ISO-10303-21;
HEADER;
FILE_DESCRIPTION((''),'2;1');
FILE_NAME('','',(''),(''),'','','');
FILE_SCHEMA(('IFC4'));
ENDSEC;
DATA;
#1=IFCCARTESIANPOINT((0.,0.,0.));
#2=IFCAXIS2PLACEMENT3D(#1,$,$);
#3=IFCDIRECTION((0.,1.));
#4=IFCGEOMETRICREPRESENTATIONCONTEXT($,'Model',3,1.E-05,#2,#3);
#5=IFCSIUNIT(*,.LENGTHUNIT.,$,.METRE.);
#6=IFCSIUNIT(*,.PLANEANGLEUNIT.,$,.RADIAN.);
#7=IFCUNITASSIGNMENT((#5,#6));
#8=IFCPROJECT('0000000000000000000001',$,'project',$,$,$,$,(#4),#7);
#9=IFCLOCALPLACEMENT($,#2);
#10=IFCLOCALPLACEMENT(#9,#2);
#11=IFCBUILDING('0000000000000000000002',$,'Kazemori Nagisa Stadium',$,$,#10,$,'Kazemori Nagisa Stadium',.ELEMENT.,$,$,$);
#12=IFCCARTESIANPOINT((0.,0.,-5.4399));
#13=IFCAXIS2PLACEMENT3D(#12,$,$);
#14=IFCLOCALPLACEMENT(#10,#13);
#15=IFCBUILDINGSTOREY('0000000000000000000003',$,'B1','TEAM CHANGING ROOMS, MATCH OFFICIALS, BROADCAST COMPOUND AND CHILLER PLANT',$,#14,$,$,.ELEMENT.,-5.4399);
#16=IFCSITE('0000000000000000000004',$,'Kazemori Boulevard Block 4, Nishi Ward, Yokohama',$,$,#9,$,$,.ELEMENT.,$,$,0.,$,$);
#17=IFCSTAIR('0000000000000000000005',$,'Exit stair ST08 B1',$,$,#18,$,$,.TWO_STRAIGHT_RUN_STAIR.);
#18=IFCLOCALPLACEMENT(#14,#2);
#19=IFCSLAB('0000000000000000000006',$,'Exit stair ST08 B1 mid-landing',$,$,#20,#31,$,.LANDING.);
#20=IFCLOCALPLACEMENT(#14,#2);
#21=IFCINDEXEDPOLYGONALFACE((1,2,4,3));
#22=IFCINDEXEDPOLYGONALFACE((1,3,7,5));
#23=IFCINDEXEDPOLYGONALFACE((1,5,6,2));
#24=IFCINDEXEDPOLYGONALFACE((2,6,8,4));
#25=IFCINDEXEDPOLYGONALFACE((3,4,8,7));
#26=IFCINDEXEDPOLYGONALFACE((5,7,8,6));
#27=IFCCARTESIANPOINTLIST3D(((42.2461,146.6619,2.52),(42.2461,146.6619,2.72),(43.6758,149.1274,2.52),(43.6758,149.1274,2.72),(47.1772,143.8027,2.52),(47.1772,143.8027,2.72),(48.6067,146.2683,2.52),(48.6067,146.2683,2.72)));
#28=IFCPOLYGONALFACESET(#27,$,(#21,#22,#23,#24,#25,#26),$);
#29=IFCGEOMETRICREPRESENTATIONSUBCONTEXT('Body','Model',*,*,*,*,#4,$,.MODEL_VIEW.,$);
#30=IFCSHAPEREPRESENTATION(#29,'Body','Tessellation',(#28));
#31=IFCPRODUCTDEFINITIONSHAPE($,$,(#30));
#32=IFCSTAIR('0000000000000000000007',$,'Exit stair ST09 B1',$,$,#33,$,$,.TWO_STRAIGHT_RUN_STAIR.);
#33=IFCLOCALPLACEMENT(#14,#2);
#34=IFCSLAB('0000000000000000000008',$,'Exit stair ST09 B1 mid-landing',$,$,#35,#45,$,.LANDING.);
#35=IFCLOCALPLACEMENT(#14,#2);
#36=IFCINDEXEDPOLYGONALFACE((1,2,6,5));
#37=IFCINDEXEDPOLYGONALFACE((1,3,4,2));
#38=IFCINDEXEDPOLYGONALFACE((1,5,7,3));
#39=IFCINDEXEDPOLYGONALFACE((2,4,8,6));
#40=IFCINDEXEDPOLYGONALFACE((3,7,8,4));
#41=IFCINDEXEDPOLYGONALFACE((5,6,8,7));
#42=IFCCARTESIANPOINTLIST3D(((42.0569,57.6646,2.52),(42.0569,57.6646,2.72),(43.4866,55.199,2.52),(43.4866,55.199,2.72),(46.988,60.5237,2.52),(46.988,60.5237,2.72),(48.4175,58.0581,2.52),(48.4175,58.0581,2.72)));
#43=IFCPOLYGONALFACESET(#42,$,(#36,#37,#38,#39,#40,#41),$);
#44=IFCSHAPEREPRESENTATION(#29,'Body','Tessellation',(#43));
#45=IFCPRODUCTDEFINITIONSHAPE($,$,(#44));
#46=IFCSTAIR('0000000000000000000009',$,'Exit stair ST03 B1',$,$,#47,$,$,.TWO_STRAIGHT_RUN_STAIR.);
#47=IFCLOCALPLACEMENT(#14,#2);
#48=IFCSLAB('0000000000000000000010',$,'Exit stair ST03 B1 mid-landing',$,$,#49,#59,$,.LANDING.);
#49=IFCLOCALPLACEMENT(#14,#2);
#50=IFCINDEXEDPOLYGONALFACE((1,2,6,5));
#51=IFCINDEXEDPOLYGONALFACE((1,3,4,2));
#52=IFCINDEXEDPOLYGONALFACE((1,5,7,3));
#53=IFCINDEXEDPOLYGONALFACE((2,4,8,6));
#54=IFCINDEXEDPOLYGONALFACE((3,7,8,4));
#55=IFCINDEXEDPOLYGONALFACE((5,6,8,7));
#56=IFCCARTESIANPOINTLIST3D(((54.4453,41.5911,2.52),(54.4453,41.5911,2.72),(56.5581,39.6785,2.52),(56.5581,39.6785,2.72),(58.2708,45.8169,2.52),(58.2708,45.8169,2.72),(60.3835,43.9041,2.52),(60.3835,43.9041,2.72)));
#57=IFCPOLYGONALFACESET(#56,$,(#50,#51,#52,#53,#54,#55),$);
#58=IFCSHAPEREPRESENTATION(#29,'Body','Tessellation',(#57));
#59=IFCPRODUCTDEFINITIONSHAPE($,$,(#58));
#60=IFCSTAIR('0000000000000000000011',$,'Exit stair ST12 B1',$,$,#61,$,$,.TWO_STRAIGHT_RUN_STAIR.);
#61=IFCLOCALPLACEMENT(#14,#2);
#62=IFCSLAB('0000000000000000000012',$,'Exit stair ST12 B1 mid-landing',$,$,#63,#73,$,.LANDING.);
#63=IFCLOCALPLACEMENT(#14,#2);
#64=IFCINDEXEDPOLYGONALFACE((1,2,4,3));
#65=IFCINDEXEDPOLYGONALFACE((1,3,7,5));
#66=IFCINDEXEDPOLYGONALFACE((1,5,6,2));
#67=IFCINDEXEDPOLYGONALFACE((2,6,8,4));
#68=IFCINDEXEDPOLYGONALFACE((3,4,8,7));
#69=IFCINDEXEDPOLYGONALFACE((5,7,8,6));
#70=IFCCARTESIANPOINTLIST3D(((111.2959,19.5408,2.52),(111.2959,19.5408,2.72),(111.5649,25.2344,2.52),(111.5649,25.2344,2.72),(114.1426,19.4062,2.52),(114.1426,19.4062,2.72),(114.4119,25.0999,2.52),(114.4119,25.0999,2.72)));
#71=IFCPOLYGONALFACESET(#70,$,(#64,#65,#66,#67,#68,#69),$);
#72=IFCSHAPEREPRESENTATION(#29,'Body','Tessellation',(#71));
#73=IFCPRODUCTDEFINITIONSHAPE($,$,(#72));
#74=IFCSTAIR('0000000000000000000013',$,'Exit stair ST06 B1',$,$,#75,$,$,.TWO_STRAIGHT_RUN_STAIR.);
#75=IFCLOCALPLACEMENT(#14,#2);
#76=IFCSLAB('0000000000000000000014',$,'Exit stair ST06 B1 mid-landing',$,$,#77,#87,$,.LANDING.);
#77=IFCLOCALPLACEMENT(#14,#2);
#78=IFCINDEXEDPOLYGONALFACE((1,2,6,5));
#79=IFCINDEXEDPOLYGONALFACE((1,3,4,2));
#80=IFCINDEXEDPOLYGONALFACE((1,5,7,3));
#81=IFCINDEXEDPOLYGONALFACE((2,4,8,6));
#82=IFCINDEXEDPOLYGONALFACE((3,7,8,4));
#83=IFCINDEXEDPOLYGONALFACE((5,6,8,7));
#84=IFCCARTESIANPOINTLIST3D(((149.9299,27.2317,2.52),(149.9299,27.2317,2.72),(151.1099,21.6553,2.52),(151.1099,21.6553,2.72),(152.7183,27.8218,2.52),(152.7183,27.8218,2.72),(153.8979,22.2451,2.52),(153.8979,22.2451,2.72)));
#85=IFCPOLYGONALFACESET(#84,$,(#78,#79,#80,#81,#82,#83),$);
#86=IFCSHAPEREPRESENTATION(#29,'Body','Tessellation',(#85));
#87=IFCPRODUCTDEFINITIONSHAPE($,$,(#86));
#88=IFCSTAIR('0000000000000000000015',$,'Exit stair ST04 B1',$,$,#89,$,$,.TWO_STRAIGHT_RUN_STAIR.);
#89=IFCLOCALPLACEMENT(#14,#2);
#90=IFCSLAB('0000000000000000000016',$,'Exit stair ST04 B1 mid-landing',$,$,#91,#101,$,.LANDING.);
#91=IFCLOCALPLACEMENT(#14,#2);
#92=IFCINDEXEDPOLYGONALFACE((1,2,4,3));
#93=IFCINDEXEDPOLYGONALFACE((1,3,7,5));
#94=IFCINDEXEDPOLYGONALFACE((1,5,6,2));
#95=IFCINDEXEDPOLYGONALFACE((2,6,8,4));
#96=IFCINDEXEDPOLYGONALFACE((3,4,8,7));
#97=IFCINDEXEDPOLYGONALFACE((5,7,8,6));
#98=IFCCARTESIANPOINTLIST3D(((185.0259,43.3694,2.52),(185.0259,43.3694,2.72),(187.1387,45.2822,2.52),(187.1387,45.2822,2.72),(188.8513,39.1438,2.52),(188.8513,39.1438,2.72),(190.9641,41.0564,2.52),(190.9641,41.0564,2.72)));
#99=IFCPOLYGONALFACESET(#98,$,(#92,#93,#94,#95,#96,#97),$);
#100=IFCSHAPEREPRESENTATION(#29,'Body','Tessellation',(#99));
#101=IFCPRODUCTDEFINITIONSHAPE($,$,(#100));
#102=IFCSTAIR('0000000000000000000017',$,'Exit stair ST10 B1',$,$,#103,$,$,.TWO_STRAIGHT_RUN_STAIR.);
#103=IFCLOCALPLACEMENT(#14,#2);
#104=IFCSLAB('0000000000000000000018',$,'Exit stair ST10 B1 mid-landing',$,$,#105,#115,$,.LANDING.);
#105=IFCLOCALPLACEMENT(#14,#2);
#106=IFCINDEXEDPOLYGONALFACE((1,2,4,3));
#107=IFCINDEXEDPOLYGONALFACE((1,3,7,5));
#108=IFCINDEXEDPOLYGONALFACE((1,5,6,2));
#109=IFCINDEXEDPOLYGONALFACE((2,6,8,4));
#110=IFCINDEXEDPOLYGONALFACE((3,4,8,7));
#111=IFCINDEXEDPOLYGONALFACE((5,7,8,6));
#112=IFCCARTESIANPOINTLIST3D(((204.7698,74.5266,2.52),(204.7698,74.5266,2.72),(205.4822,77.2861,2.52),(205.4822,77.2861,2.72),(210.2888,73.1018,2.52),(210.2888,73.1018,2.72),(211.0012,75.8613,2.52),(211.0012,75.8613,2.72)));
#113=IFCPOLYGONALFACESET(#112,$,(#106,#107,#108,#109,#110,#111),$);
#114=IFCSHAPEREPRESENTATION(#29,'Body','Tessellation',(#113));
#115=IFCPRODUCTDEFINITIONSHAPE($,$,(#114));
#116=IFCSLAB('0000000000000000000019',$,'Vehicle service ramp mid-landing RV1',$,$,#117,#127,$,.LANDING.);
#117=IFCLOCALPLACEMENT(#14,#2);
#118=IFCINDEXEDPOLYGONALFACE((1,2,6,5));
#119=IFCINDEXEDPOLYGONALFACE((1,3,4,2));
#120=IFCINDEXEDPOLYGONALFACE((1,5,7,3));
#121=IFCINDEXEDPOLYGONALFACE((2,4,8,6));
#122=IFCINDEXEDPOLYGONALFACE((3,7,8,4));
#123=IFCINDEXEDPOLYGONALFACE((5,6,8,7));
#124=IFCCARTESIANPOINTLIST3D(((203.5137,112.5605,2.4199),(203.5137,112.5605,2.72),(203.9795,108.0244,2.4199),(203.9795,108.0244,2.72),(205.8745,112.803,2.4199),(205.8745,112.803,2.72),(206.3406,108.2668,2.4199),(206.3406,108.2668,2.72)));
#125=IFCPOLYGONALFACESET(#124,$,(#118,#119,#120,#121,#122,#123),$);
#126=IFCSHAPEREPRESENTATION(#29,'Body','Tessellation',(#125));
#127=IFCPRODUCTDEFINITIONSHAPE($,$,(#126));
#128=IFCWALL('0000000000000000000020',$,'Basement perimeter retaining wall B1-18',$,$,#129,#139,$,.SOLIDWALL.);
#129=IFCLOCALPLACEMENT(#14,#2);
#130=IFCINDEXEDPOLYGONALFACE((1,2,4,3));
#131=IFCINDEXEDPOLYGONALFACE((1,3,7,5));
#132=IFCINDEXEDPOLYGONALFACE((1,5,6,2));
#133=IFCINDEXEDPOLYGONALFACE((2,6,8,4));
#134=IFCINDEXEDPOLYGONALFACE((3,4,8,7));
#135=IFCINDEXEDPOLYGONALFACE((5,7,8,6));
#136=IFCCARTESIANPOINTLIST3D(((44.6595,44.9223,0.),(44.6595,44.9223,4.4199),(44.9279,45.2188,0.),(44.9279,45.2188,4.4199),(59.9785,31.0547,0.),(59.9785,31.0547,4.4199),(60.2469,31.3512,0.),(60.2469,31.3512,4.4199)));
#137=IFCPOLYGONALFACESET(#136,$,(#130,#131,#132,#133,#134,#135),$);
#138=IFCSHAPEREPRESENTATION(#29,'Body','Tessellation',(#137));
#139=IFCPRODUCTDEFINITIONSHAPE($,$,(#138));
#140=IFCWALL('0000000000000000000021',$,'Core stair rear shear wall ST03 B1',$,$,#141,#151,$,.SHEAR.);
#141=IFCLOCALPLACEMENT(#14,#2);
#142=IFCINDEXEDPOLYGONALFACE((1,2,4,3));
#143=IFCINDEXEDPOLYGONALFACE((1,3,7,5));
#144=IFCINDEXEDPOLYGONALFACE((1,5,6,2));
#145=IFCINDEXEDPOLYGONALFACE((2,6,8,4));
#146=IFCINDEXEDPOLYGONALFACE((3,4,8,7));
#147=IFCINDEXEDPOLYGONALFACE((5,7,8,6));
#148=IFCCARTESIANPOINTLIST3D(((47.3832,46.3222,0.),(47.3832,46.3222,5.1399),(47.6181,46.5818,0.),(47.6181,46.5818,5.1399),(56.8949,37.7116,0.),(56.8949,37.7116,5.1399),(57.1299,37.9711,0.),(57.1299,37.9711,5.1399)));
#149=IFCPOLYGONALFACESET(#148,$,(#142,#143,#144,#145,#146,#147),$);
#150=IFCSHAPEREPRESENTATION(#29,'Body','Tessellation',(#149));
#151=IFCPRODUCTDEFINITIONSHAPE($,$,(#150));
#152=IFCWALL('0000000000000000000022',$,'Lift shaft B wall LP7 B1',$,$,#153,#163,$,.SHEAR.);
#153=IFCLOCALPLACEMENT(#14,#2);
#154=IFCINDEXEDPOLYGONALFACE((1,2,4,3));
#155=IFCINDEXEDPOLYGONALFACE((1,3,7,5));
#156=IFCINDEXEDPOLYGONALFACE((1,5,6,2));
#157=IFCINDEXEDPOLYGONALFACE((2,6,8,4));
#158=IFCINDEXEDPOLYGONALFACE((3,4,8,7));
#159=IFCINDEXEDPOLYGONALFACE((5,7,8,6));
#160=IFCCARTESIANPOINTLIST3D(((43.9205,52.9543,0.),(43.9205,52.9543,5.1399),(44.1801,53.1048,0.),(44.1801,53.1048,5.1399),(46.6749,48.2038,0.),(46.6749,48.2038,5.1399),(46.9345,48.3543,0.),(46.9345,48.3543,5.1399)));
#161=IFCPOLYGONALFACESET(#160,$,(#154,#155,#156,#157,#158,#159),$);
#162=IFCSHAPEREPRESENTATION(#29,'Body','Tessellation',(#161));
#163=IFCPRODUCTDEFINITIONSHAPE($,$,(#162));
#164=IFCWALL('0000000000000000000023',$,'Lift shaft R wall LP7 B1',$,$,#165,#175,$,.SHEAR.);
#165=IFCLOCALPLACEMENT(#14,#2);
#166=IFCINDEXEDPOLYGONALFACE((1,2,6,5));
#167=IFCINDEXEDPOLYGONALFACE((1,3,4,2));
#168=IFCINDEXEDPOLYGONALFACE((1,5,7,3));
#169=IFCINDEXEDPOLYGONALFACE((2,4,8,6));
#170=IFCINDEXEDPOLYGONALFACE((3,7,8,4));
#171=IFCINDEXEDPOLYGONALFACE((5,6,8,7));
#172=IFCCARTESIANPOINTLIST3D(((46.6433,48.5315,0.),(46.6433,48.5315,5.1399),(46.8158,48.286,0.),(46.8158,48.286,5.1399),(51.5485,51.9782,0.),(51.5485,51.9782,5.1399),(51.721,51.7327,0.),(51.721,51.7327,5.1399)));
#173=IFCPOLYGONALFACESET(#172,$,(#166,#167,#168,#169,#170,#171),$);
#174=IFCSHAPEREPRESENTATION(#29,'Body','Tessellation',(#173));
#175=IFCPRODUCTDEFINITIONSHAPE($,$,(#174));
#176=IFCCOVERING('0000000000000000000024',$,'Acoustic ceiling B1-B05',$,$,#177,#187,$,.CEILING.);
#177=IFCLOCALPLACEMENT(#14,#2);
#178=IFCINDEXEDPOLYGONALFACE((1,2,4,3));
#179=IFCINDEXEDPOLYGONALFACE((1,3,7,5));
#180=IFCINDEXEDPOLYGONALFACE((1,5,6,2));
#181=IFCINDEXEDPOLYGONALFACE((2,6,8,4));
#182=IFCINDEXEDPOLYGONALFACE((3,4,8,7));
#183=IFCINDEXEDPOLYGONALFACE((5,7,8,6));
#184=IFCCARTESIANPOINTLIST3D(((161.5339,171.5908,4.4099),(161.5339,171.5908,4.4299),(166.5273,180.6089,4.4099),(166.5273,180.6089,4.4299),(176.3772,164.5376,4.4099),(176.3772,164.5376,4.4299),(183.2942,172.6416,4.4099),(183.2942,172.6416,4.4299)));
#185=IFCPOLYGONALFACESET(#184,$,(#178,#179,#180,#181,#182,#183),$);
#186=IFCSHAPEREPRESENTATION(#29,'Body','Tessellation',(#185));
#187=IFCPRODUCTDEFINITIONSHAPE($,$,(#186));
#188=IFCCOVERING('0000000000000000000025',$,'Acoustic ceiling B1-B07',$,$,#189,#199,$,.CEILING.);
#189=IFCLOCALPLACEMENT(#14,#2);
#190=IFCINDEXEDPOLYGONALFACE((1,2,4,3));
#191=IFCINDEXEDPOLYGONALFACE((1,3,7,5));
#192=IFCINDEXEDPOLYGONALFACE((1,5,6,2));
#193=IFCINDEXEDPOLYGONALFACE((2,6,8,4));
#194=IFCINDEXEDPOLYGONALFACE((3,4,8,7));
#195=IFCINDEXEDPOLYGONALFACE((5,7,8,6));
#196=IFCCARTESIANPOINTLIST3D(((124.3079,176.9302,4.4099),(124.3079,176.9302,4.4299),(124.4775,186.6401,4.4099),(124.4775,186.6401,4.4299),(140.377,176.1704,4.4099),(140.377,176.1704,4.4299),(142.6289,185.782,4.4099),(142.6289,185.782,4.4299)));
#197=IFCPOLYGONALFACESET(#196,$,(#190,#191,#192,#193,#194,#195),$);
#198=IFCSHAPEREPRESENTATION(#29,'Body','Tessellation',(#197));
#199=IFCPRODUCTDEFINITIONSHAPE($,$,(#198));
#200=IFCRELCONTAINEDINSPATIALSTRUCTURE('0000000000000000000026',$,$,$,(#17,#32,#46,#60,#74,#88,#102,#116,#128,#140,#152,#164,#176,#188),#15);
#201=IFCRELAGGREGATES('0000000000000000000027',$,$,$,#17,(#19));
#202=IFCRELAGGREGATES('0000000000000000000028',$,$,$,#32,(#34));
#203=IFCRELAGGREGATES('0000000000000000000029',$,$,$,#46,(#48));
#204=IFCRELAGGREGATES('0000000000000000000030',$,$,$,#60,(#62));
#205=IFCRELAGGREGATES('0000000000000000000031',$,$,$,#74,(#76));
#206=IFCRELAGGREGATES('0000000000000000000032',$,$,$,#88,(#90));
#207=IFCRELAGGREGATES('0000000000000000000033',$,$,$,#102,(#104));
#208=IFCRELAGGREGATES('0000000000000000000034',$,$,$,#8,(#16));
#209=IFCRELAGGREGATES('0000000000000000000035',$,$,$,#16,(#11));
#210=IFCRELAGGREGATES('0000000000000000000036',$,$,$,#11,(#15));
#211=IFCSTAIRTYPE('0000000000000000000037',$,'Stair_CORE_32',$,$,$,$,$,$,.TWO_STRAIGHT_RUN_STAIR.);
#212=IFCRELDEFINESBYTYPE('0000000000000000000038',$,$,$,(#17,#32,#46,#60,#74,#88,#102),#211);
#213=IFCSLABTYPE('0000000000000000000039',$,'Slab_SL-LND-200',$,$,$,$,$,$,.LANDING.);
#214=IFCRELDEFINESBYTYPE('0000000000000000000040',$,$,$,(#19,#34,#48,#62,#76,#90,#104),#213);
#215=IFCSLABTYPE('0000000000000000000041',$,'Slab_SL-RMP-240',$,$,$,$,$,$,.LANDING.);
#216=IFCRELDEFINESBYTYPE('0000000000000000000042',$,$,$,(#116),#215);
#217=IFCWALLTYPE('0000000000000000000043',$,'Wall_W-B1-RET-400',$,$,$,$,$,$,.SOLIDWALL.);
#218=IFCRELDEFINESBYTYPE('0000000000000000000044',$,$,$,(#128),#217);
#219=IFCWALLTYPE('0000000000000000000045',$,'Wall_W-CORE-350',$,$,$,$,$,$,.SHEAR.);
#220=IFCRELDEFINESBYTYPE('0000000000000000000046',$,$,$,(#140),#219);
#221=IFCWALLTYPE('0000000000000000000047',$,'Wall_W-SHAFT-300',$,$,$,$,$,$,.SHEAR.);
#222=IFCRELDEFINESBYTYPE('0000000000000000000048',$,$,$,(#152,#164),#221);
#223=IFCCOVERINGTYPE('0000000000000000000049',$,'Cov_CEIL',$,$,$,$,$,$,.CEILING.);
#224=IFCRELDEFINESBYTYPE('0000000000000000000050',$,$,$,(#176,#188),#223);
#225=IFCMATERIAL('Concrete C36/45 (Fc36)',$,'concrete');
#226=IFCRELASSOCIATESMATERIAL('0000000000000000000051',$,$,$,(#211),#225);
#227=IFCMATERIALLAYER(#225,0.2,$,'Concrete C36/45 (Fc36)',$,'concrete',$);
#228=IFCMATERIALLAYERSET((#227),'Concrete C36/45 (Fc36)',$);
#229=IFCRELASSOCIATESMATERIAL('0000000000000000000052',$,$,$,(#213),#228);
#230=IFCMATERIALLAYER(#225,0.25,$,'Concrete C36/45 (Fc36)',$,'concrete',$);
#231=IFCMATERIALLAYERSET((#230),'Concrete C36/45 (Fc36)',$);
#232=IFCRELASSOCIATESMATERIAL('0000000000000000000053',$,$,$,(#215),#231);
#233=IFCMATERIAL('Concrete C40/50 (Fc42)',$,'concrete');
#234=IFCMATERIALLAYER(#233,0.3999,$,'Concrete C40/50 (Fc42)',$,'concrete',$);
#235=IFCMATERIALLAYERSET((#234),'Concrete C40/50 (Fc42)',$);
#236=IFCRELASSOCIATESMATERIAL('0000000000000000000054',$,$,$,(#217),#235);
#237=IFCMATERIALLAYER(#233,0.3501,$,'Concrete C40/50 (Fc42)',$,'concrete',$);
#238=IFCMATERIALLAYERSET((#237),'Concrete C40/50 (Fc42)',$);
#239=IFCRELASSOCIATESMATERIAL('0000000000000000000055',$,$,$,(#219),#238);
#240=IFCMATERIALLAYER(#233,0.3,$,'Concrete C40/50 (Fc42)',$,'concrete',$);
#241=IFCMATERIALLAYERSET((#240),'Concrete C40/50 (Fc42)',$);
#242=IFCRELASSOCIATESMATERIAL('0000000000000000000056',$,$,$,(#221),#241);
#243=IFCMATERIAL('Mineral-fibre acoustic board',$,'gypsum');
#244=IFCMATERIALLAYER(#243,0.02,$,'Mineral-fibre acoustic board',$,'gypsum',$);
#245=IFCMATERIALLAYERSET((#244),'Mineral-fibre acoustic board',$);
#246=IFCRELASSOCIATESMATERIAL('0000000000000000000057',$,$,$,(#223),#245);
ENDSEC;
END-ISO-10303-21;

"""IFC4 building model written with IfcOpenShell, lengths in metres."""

from ifc_helpers import new_model, si_unit, direction, frame, frame_2d, origin, place, context, subcontext, project, spatial, polyline, rectangle, outline, extrude, material, layer, layer_set, type_object, element, aggregate, save


model = new_model("IFC4")

# Units and contexts
model_context = context("Model", 3, precision=1e-05, world=origin(), true_north=direction((0.0, 1.0)))
body_context = subcontext(model_context, "Body", "Model", "MODEL_VIEW")
ifc_project = project(units=[si_unit("LENGTHUNIT", "METRE"), si_unit("PLANEANGLEUNIT", "RADIAN")], contexts=[model_context])

# Site, building, storey
site_placement = place(None, origin())
site = spatial("IfcSite", under=ifc_project, at=site_placement, Name="Kazemori Boulevard Block 4, Nishi Ward, Yokohama", CompositionType="ELEMENT", RefElevation=0.0)
building_placement = place(site_placement, origin())
building = spatial("IfcBuilding", under=site, at=building_placement, Name="Kazemori Nagisa Stadium", LongName="Kazemori Nagisa Stadium", CompositionType="ELEMENT")
storey_placement = place(building_placement, frame((0.0, 0.0, -5.4399)))
storey = spatial("IfcBuildingStorey", under=building, at=storey_placement, Name="B1", Description="TEAM CHANGING ROOMS, MATCH OFFICIALS, BROADCAST COMPOUND AND CHILLER PLANT", CompositionType="ELEMENT", Elevation=-5.4399)

# Shared definitions
ifc_material_1 = material(Name="Concrete C40/50 (Fc42)", Category="concrete")

# Shared definitions
ifc_material_2 = material(Name="Concrete C36/45 (Fc36)", Category="concrete")

# Stairs, slabs
stair_type = type_object("IfcStairType", Name="Stair_CORE_32", PredefinedType="TWO_STRAIGHT_RUN_STAIR", material=ifc_material_2)
ifc_layer_1 = layer(ifc_material_2, 0.2, Name="Concrete C36/45 (Fc36)", Category="concrete")
ifc_layer_set_1 = layer_set([ifc_layer_1], Name="Concrete C36/45 (Fc36)")
slab_type_1 = type_object("IfcSlabType", Name="Slab_SL-LND-200", PredefinedType="LANDING", material=ifc_layer_set_1)
stair_1_placement = place(storey_placement, origin())
stair_1 = element("IfcStair", 1, at=stair_1_placement, inside=storey, type_object=stair_type, Name="Exit stair ST08 B1", PredefinedType="TWO_STRAIGHT_RUN_STAIR")
slab_1_placement = place(storey_placement, frame((0.0, 0.0, 2.52)))
slab_1 = element("IfcSlab", 2, at=slab_1_placement, type_object=slab_type_1, Name="Exit stair ST08 B1 mid-landing", PredefinedType="LANDING", context=body_context, shape_type="SweptSolid", body=[
    extrude(outline(polyline([(48.6067, 146.2683), (47.1772, 143.8027), (42.2461, 146.6619), (43.6758, 149.1274), (48.6067, 146.2683)])), origin(), (0.0, 0.0, 1.0), 0.2),
])
aggregate(stair_1, [slab_1])
stair_2_placement = place(storey_placement, origin())
stair_2 = element("IfcStair", 3, at=stair_2_placement, inside=storey, type_object=stair_type, Name="Exit stair ST09 B1", PredefinedType="TWO_STRAIGHT_RUN_STAIR")
slab_2_placement = place(storey_placement, frame((0.0, 0.0, 2.52)))
slab_2 = element("IfcSlab", 4, at=slab_2_placement, type_object=slab_type_1, Name="Exit stair ST09 B1 mid-landing", PredefinedType="LANDING", context=body_context, shape_type="SweptSolid", body=[
    extrude(outline(polyline([(46.988, 60.5237), (48.4175, 58.0581), (43.4866, 55.199), (42.0569, 57.6646), (46.988, 60.5237)])), origin(), (0.0, 0.0, 1.0), 0.2),
])
aggregate(stair_2, [slab_2])
stair_3_placement = place(storey_placement, origin())
stair_3 = element("IfcStair", 5, at=stair_3_placement, inside=storey, type_object=stair_type, Name="Exit stair ST03 B1", PredefinedType="TWO_STRAIGHT_RUN_STAIR")
slab_3_placement = place(storey_placement, frame((0.0, 0.0, 2.52)))
slab_3 = element("IfcSlab", 6, at=slab_3_placement, type_object=slab_type_1, Name="Exit stair ST03 B1 mid-landing", PredefinedType="LANDING", context=body_context, shape_type="SweptSolid", body=[
    extrude(outline(polyline([(58.2708, 45.8169), (60.3835, 43.9041), (56.5581, 39.6785), (54.4453, 41.5911), (58.2708, 45.8169)])), origin(), (0.0, 0.0, 1.0), 0.2),
])
aggregate(stair_3, [slab_3])
stair_4_placement = place(storey_placement, origin())
stair_4 = element("IfcStair", 7, at=stair_4_placement, inside=storey, type_object=stair_type, Name="Exit stair ST12 B1", PredefinedType="TWO_STRAIGHT_RUN_STAIR")
slab_4_placement = place(storey_placement, frame((0.0, 0.0, 2.52)))
slab_4 = element("IfcSlab", 8, at=slab_4_placement, type_object=slab_type_1, Name="Exit stair ST12 B1 mid-landing", PredefinedType="LANDING", context=body_context, shape_type="SweptSolid", body=[
    extrude(outline(polyline([(111.5649, 25.2344), (114.4119, 25.0999), (114.1426, 19.4062), (111.2959, 19.5408), (111.5649, 25.2344)])), origin(), (0.0, 0.0, 1.0), 0.2),
])
aggregate(stair_4, [slab_4])
stair_5_placement = place(storey_placement, origin())
stair_5 = element("IfcStair", 9, at=stair_5_placement, inside=storey, type_object=stair_type, Name="Exit stair ST06 B1", PredefinedType="TWO_STRAIGHT_RUN_STAIR")
slab_5_placement = place(storey_placement, frame((0.0, 0.0, 2.52)))
slab_5 = element("IfcSlab", 10, at=slab_5_placement, type_object=slab_type_1, Name="Exit stair ST06 B1 mid-landing", PredefinedType="LANDING", context=body_context, shape_type="SweptSolid", body=[
    extrude(outline(polyline([(149.9299, 27.2317), (152.7183, 27.8218), (153.8979, 22.2451), (151.1099, 21.6553), (149.9299, 27.2317)])), origin(), (0.0, 0.0, 1.0), 0.2),
])
aggregate(stair_5, [slab_5])
stair_6_placement = place(storey_placement, origin())
stair_6 = element("IfcStair", 11, at=stair_6_placement, inside=storey, type_object=stair_type, Name="Exit stair ST04 B1", PredefinedType="TWO_STRAIGHT_RUN_STAIR")
slab_6_placement = place(storey_placement, frame((0.0, 0.0, 2.52)))
slab_6 = element("IfcSlab", 12, at=slab_6_placement, type_object=slab_type_1, Name="Exit stair ST04 B1 mid-landing", PredefinedType="LANDING", context=body_context, shape_type="SweptSolid", body=[
    extrude(outline(polyline([(185.0259, 43.3694), (187.1387, 45.2822), (190.9641, 41.0564), (188.8513, 39.1438), (185.0259, 43.3694)])), origin(), (0.0, 0.0, 1.0), 0.2),
])
aggregate(stair_6, [slab_6])
stair_7_placement = place(storey_placement, origin())
stair_7 = element("IfcStair", 13, at=stair_7_placement, inside=storey, type_object=stair_type, Name="Exit stair ST10 B1", PredefinedType="TWO_STRAIGHT_RUN_STAIR")
slab_7_placement = place(storey_placement, frame((0.0, 0.0, 2.52)))
slab_7 = element("IfcSlab", 14, at=slab_7_placement, type_object=slab_type_1, Name="Exit stair ST10 B1 mid-landing", PredefinedType="LANDING", context=body_context, shape_type="SweptSolid", body=[
    extrude(outline(polyline([(204.7698, 74.5266), (205.4822, 77.2861), (211.0012, 75.8613), (210.2888, 73.1018), (204.7698, 74.5266)])), origin(), (0.0, 0.0, 1.0), 0.2),
])
aggregate(stair_7, [slab_7])

# Slab
ifc_layer_2 = layer(ifc_material_2, 0.25, Name="Concrete C36/45 (Fc36)", Category="concrete")
ifc_layer_set_2 = layer_set([ifc_layer_2], Name="Concrete C36/45 (Fc36)")
slab_type_2 = type_object("IfcSlabType", Name="Slab_SL-RMP-240", PredefinedType="LANDING", material=ifc_layer_set_2)
slab_8_placement = place(storey_placement, frame((0.0, 0.0, 2.4199)))
element("IfcSlab", 15, at=slab_8_placement, inside=storey, type_object=slab_type_2, Name="Vehicle service ramp mid-landing RV1", PredefinedType="LANDING", context=body_context, shape_type="SweptSolid", body=[
    extrude(outline(polyline([(203.9795, 108.0244), (206.3406, 108.2668), (205.8745, 112.803), (203.5137, 112.5605), (203.9795, 108.0244)])), origin(), (0.0, 0.0, 1.0), 0.3),
])

# Walls
ifc_layer_3 = layer(ifc_material_1, 0.3999, Name="Concrete C40/50 (Fc42)", Category="concrete")
ifc_layer_set_3 = layer_set([ifc_layer_3], Name="Concrete C40/50 (Fc42)")
wall_type_1 = type_object("IfcWallType", Name="Wall_W-B1-RET-400", PredefinedType="SOLIDWALL", material=ifc_layer_set_3)
wall_1_placement = place(storey_placement, frame((44.7937, 45.0706, 0.0), z_axis=(0.0, 0.0, 1.0), x_axis=(0.741354, -0.671114, 0.0)))
element("IfcWall", 16, at=wall_1_placement, inside=storey, type_object=wall_type_1, Name="Basement perimeter retaining wall B1-18", PredefinedType="SOLIDWALL", context=body_context, shape_type="SweptSolid", body=[
    extrude(rectangle(XDim=20.6636, YDim=0.3999, at=frame_2d((10.3318, 0.0))), origin(), (0.0, 0.0, 1.0), 4.4199),
])
ifc_layer_4 = layer(ifc_material_1, 0.3501, Name="Concrete C40/50 (Fc42)", Category="concrete")
ifc_layer_set_4 = layer_set([ifc_layer_4], Name="Concrete C40/50 (Fc42)")
wall_type_2 = type_object("IfcWallType", Name="Wall_W-CORE-350", PredefinedType="SHEAR", material=ifc_layer_set_4)
wall_2_placement = place(storey_placement, frame((47.5007, 46.4519, 0.0), z_axis=(0.0, 0.0, 1.0), x_axis=(0.741351, -0.671117, 0.0)))
element("IfcWall", 17, at=wall_2_placement, inside=storey, type_object=wall_type_2, Name="Core stair rear shear wall ST03 B1", PredefinedType="SHEAR", context=body_context, shape_type="SweptSolid", body=[
    extrude(rectangle(XDim=12.8303, YDim=0.3501, at=frame_2d((6.415, 0.0))), origin(), (0.0, 0.0, 1.0), 5.1399),
])
ifc_layer_5 = layer(ifc_material_1, 0.3, Name="Concrete C40/50 (Fc42)", Category="concrete")
ifc_layer_set_5 = layer_set([ifc_layer_5], Name="Concrete C40/50 (Fc42)")
wall_type_3 = type_object("IfcWallType", Name="Wall_W-SHAFT-300", PredefinedType="SHEAR", material=ifc_layer_set_5)
wall_3_placement = place(storey_placement, frame((44.0503, 53.0295, 0.0), z_axis=(0.0, 0.0, 1.0), x_axis=(0.501597, -0.865101, 0.0)))
element("IfcWall", 18, at=wall_3_placement, inside=storey, type_object=wall_type_3, Name="Lift shaft B wall LP7 B1", PredefinedType="SHEAR", context=body_context, shape_type="SweptSolid", body=[
    extrude(rectangle(XDim=5.4912, YDim=0.3, at=frame_2d((2.7456, 0.0))), origin(), (0.0, 0.0, 1.0), 5.1399),
])
wall_4_placement = place(storey_placement, frame((51.6348, 51.8555, 0.0), z_axis=(0.0, 0.0, 1.0), x_axis=(-0.818205, -0.574926, 0.0)))
element("IfcWall", 19, at=wall_4_placement, inside=storey, type_object=wall_type_3, Name="Lift shaft R wall LP7 B1", PredefinedType="SHEAR", context=body_context, shape_type="SweptSolid", body=[
    extrude(rectangle(XDim=5.9951, YDim=0.3, at=frame_2d((2.9976, 0.0))), origin(), (0.0, 0.0, 1.0), 5.1399),
])

# Coverings
ifc_material_3 = material(Name="Mineral-fibre acoustic board", Category="gypsum")
ifc_layer_6 = layer(ifc_material_3, 0.02, Name="Mineral-fibre acoustic board", Category="gypsum")
ifc_layer_set_6 = layer_set([ifc_layer_6], Name="Mineral-fibre acoustic board")
covering_type_1 = type_object("IfcCoveringType", Name="Cov_CEIL", PredefinedType="CEILING", material=ifc_layer_set_6)
covering_1_placement = place(storey_placement, frame((0.0, 0.0, 4.4099)))
element("IfcCovering", 20, at=covering_1_placement, inside=storey, type_object=covering_type_1, Name="Acoustic ceiling B1-B05", PredefinedType="CEILING", context=body_context, shape_type="SweptSolid", body=[
    extrude(outline(polyline([(176.3772, 164.5376), (161.5339, 171.5908), (166.5273, 180.6089), (183.2942, 172.6416), (176.3772, 164.5376)])), origin(), (0.0, 0.0, 1.0), 0.02),
])
covering_2_placement = place(storey_placement, frame((0.0, 0.0, 4.4099)))
element("IfcCovering", 21, at=covering_2_placement, inside=storey, type_object=covering_type_1, Name="Acoustic ceiling B1-B07", PredefinedType="CEILING", context=body_context, shape_type="SweptSolid", body=[
    extrude(outline(polyline([(140.377, 176.1704), (124.3079, 176.9302), (124.4775, 186.6401), (142.6289, 185.782), (140.377, 176.1704)])), origin(), (0.0, 0.0, 1.0), 0.02),
])

save(model, "model.ifc")
